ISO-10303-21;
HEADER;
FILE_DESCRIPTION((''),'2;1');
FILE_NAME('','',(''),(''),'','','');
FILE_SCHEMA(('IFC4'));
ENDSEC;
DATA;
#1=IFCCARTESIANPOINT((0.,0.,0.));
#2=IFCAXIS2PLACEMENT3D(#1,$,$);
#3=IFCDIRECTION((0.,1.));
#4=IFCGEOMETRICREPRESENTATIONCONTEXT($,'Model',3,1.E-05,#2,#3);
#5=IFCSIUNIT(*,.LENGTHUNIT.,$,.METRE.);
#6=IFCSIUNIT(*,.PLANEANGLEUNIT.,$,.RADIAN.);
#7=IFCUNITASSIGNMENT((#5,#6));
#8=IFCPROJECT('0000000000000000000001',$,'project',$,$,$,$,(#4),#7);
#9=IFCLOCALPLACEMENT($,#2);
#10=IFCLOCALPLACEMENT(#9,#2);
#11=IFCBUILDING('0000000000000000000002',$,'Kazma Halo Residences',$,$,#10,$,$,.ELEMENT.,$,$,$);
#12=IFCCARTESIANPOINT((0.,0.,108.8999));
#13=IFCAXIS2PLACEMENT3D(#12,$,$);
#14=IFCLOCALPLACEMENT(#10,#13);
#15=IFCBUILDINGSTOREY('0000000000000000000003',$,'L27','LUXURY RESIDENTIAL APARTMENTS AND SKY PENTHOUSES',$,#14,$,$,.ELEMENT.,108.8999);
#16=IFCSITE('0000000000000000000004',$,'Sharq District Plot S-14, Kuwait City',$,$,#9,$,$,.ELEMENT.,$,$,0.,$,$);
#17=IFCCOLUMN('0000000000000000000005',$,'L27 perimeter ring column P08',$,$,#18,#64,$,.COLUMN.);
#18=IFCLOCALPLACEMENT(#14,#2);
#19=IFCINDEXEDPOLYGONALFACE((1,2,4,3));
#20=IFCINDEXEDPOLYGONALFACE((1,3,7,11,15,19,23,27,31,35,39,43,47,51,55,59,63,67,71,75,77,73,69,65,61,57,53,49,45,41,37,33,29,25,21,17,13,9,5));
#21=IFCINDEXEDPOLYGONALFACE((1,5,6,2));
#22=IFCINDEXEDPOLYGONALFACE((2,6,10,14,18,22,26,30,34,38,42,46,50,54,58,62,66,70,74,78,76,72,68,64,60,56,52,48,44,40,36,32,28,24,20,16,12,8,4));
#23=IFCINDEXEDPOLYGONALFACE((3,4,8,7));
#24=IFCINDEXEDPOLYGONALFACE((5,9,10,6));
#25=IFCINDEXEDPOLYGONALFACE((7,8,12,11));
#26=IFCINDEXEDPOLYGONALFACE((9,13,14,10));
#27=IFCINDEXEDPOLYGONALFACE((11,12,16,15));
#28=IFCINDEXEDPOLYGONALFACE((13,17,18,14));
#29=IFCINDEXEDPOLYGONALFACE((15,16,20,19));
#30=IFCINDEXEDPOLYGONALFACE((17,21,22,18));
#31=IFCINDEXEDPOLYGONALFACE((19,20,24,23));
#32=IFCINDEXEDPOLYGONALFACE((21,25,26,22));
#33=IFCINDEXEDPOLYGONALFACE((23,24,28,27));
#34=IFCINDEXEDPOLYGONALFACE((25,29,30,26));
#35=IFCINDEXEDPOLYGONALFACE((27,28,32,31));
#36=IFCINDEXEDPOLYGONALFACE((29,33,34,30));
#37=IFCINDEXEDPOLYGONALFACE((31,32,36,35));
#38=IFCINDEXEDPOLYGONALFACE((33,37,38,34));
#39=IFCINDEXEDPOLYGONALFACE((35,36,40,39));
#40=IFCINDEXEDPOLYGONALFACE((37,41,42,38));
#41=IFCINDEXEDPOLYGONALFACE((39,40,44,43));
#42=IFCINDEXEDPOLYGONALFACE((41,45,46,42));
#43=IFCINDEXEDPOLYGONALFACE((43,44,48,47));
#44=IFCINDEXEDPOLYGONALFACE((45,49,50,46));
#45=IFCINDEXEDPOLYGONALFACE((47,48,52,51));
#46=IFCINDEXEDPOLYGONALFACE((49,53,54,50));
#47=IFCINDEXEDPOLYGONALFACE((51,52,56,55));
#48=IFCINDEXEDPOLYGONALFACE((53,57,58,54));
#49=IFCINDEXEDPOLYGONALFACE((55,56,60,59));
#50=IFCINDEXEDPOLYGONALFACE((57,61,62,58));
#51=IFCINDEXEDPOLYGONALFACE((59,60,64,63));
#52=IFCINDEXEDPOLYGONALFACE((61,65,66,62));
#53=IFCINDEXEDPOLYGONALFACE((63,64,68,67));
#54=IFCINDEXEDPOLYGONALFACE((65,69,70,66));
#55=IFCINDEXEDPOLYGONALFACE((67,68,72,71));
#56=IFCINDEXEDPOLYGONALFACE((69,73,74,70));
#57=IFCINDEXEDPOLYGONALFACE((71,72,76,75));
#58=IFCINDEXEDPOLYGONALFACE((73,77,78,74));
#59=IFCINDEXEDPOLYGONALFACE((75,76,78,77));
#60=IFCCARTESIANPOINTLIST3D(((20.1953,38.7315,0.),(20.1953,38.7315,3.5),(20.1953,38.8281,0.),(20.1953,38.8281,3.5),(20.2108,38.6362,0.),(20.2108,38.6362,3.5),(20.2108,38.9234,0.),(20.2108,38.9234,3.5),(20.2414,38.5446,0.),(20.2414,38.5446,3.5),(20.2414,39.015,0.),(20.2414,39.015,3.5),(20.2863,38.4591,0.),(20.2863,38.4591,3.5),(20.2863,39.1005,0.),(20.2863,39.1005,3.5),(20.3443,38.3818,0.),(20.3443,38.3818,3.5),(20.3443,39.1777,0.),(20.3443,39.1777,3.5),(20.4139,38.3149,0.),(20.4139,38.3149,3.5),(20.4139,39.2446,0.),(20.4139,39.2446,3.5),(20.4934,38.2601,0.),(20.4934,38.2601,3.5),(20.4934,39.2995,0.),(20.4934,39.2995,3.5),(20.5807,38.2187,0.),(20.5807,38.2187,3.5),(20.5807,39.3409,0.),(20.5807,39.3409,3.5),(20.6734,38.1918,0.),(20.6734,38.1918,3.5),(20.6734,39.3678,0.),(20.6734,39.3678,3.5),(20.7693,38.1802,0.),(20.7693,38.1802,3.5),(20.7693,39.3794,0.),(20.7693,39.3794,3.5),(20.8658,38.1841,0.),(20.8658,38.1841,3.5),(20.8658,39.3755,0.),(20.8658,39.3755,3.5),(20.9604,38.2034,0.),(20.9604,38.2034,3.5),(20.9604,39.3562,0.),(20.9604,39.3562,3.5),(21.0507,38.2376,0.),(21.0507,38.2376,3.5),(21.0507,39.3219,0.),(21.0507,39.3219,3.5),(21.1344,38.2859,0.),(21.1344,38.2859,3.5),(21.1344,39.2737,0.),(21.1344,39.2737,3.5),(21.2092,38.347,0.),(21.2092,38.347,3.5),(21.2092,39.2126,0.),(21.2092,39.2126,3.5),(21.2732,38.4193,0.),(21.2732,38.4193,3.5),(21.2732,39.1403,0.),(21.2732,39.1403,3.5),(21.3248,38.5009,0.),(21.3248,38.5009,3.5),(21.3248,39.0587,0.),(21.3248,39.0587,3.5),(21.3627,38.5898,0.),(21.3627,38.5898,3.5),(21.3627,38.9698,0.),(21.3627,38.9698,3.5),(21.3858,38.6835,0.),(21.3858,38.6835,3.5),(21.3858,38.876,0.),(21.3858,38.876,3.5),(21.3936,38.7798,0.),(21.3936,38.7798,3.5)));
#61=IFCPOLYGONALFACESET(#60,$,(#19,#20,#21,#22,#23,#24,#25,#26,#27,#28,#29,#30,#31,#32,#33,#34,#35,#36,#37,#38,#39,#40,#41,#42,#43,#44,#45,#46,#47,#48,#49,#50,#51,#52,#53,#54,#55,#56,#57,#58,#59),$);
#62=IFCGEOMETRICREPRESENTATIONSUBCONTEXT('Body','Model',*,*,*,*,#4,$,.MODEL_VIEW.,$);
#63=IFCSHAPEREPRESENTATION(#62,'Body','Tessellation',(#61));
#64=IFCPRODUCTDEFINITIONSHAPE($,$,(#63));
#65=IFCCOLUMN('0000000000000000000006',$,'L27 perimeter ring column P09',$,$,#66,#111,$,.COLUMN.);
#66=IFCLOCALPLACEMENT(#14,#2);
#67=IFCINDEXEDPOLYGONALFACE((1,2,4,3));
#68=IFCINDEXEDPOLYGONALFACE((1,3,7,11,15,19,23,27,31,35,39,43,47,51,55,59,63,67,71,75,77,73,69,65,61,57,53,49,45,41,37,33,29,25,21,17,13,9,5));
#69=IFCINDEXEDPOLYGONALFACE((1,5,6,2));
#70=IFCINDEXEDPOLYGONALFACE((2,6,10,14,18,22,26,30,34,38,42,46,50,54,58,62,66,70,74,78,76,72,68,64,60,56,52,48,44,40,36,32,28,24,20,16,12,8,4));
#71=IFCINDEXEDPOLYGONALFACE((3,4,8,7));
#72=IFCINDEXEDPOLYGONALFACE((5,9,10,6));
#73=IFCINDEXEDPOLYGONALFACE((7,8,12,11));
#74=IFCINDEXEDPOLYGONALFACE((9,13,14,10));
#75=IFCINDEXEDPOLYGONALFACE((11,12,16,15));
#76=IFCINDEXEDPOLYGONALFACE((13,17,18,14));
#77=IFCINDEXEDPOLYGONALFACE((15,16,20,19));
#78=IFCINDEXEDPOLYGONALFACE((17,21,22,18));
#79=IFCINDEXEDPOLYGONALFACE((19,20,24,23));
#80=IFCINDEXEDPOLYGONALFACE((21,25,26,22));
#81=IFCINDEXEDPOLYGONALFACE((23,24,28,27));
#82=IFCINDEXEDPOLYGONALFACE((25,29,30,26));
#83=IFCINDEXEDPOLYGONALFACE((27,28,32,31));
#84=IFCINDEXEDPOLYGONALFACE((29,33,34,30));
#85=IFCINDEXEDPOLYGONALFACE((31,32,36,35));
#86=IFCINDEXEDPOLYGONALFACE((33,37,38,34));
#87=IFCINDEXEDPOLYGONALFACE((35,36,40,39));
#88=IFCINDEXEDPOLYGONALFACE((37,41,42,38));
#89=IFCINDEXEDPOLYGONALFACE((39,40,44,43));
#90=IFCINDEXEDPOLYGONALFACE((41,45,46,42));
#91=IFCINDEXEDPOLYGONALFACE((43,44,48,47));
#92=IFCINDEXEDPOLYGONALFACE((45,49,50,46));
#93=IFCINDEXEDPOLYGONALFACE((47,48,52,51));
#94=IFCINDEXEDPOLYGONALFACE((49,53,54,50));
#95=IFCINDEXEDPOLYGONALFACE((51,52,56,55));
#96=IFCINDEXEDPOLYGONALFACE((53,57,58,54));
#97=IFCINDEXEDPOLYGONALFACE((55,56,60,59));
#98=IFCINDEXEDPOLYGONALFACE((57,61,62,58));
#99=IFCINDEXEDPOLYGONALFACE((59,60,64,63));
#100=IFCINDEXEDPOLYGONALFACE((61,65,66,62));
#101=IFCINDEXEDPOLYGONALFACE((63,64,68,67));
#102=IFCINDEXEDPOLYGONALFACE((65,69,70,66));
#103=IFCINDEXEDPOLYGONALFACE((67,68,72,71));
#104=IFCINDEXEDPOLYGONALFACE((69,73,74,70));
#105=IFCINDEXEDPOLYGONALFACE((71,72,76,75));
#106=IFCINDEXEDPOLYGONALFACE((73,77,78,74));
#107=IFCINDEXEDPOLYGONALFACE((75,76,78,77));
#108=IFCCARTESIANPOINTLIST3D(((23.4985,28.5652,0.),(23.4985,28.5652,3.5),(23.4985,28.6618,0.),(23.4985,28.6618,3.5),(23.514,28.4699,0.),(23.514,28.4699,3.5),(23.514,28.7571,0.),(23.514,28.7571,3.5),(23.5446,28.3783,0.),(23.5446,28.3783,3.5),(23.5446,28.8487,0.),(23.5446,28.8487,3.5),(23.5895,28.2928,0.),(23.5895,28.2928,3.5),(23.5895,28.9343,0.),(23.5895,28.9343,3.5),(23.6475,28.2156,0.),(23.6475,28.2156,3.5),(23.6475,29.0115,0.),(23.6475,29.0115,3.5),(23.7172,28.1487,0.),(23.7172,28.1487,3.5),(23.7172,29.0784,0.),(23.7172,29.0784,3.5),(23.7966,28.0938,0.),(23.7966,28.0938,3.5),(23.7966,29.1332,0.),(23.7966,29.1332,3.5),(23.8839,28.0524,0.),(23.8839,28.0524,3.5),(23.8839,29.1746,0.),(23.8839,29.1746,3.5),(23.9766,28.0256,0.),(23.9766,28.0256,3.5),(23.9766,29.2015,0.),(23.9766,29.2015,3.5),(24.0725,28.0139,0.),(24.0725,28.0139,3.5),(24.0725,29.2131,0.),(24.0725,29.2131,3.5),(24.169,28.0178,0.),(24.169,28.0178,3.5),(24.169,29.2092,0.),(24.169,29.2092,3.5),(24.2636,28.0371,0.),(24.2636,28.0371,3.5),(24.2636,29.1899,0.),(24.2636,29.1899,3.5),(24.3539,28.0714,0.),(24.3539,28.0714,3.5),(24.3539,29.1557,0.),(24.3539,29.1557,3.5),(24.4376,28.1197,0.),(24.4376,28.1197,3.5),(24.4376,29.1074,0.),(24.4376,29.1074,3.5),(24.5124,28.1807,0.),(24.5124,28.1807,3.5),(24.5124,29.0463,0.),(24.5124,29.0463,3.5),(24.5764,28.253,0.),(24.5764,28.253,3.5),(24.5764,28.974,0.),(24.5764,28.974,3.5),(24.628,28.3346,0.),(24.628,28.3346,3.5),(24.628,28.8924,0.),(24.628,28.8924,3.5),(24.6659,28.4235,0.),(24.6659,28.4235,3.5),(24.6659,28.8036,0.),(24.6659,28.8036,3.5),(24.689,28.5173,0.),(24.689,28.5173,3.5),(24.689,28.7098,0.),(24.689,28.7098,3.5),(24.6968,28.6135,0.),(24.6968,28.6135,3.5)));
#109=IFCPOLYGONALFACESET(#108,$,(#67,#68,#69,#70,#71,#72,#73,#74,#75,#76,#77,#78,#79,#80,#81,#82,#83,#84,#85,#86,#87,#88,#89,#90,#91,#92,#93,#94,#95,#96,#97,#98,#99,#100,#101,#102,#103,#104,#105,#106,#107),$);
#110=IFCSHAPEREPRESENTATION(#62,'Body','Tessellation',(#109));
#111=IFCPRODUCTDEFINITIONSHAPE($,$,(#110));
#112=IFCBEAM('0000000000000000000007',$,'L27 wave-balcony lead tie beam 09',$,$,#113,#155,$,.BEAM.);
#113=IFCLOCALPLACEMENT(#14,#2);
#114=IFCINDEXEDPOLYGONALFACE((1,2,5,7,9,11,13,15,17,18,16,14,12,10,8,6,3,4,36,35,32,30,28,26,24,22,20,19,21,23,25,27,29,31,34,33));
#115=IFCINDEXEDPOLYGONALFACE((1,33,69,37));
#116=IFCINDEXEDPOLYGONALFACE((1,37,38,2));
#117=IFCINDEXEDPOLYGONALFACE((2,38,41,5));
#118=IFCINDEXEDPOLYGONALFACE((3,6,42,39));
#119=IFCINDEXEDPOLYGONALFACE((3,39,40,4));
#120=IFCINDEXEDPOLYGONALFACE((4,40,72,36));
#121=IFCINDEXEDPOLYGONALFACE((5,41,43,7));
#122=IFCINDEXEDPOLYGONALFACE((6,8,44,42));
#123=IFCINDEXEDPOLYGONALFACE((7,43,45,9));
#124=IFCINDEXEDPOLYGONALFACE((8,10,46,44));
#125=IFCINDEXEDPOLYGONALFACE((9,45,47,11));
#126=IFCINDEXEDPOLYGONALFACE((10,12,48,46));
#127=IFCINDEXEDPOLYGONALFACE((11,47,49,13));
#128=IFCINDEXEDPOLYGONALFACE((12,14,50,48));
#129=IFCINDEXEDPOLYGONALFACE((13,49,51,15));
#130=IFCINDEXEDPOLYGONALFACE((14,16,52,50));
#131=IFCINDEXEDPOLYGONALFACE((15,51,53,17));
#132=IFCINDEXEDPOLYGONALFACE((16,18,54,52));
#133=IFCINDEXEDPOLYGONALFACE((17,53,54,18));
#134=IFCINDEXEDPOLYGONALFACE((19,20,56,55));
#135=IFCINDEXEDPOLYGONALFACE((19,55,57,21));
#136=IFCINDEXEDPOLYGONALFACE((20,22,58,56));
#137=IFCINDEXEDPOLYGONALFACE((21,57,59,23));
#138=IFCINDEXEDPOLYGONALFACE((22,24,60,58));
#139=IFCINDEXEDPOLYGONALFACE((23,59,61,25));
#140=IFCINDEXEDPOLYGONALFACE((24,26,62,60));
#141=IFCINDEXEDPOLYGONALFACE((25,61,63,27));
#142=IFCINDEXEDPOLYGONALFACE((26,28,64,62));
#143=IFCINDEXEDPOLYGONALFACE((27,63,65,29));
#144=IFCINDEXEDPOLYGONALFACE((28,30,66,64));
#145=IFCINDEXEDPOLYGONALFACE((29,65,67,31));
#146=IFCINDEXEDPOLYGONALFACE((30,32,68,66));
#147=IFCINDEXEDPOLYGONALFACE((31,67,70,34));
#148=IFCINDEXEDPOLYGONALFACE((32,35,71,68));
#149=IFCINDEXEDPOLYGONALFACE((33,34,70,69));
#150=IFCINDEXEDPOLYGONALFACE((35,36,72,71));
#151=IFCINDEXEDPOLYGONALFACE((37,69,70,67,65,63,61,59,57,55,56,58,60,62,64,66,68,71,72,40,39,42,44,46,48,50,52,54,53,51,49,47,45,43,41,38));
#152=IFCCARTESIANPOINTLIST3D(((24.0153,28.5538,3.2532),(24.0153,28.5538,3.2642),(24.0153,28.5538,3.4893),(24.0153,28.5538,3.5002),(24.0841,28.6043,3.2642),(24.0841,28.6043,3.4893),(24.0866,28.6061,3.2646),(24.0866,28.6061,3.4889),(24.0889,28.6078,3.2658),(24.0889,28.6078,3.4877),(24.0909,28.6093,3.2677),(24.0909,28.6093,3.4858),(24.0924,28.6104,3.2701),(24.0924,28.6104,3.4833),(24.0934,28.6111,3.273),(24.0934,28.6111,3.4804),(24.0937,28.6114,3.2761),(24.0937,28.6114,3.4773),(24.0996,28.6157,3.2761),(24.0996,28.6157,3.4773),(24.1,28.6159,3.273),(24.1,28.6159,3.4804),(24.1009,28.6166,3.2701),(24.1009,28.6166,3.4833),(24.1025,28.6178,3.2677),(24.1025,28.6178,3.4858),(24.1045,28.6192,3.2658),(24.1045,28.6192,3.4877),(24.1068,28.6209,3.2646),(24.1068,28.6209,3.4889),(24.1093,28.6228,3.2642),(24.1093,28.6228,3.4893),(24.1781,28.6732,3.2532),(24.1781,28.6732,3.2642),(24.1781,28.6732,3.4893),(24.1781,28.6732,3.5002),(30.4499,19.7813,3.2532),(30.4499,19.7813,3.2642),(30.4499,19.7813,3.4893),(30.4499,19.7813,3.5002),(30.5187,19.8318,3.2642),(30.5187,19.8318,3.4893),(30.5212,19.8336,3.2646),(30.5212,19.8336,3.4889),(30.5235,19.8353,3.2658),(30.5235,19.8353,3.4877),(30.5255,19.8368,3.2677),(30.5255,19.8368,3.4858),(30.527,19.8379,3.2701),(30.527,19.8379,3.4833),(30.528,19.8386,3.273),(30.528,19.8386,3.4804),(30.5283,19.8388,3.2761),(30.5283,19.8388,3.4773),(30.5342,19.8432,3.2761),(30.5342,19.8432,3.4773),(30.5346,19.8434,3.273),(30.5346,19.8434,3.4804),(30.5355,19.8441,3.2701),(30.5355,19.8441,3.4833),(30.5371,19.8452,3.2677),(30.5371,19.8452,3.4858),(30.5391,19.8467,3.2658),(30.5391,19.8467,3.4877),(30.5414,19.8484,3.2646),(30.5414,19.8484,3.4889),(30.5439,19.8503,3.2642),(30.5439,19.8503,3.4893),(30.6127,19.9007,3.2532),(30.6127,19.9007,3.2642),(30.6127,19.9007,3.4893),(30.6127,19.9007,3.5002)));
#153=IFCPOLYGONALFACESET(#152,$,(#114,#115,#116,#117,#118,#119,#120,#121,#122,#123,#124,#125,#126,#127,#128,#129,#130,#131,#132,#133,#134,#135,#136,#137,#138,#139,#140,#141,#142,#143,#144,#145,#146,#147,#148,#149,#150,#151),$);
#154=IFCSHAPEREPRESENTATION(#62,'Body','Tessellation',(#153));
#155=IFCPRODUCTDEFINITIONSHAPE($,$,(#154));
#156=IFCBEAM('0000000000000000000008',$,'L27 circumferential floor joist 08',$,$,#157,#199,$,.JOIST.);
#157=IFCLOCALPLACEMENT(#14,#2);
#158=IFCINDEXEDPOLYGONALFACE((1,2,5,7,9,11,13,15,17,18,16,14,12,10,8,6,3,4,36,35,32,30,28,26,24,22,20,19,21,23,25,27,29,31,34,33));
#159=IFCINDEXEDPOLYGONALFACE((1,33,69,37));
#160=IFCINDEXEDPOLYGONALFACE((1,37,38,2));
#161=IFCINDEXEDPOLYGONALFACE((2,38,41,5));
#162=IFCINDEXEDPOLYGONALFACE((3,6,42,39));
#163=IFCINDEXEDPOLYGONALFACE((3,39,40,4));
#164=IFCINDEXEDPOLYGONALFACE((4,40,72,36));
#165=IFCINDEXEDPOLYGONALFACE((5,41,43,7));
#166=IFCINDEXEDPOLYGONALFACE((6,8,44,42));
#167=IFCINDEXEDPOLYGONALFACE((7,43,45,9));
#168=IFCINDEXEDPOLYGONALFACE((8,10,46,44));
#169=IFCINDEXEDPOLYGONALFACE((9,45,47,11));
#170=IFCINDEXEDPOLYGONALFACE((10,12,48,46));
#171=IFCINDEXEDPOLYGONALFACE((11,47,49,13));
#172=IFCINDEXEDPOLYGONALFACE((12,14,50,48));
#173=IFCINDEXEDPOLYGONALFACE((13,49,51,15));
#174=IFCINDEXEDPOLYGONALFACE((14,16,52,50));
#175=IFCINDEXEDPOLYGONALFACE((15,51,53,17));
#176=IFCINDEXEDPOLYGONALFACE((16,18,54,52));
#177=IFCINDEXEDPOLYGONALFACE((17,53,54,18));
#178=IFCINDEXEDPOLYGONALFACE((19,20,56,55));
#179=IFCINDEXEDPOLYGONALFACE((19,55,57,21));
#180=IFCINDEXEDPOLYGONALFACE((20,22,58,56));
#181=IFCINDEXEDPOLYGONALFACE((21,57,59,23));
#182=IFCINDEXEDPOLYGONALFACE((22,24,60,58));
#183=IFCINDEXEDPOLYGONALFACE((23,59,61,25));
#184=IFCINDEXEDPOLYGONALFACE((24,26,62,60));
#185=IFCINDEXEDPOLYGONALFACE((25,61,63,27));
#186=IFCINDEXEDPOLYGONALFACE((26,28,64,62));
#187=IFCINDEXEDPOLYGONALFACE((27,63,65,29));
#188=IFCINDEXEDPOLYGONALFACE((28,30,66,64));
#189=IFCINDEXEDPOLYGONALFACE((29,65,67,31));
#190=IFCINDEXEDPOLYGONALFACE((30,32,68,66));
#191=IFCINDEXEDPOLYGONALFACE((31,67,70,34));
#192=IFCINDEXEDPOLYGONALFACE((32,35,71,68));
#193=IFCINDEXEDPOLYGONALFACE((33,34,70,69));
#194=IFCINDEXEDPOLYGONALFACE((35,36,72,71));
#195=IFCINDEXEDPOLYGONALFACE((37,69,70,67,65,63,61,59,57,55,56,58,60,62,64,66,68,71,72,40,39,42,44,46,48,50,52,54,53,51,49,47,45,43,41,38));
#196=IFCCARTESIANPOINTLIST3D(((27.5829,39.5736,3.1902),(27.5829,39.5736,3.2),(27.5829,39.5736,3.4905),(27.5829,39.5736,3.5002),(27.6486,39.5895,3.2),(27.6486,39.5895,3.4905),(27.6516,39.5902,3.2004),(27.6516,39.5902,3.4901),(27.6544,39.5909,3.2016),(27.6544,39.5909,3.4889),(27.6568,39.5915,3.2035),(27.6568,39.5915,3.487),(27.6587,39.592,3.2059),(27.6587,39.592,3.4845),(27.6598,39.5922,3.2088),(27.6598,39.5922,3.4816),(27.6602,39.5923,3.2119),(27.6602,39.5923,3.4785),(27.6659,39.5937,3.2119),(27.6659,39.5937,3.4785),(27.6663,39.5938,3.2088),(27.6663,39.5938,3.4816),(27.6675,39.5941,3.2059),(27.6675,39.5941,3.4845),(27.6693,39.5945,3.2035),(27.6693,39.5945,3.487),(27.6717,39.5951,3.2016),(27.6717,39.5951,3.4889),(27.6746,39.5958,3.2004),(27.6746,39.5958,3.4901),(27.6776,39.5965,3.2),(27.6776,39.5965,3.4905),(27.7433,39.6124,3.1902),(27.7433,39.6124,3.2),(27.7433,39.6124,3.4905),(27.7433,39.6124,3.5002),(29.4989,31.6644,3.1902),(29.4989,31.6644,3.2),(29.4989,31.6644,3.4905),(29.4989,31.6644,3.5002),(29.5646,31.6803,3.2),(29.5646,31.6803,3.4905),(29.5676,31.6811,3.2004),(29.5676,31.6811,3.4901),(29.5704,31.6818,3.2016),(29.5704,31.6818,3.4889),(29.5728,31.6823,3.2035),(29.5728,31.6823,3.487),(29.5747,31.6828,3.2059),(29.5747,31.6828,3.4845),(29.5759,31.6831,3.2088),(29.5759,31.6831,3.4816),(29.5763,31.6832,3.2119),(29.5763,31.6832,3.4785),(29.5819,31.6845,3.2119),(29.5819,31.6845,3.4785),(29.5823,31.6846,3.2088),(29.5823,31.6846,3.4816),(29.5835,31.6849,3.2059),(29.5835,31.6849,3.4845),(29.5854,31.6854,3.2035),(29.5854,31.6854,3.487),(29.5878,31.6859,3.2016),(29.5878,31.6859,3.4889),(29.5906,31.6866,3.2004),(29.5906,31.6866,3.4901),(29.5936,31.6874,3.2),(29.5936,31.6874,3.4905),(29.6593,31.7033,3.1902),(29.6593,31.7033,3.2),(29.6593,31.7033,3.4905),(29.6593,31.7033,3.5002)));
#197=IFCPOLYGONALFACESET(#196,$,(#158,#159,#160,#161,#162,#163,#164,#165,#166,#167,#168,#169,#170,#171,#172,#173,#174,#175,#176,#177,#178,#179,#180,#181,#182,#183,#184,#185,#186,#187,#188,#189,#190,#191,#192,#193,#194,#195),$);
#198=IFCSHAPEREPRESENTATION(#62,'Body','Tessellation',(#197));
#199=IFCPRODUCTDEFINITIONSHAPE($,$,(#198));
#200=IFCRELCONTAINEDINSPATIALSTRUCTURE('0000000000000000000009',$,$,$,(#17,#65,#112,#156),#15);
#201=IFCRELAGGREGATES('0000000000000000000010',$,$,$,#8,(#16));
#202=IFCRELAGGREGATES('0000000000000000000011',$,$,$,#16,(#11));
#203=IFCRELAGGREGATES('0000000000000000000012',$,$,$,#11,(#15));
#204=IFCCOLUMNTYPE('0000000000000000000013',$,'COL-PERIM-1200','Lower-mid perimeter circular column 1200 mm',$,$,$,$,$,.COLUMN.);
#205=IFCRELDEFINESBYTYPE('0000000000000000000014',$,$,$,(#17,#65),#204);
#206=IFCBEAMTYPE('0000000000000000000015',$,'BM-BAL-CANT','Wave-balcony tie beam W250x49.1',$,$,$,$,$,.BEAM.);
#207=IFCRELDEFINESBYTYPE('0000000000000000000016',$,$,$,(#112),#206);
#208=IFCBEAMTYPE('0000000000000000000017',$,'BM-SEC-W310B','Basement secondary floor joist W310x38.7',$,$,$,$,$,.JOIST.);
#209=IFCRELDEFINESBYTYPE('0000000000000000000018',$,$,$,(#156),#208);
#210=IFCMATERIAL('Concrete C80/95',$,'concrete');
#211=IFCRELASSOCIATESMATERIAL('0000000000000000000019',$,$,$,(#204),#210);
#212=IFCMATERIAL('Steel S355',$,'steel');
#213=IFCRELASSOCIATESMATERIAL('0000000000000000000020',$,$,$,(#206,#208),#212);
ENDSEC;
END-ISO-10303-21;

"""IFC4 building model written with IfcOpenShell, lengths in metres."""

from ifc_helpers import new_model, si_unit, direction, frame, origin, origin_2d, place, context, subcontext, project, spatial, circle, i_section, extrude, material, material_profile, profile_set, type_object, element, save


model = new_model("IFC4")

# Units and contexts
model_context = context("Model", 3, precision=1e-05, world=origin(), true_north=direction((0.0, 1.0)))
body_context = subcontext(model_context, "Body", "Model", "MODEL_VIEW")
ifc_project = project(units=[si_unit("LENGTHUNIT", "METRE"), si_unit("PLANEANGLEUNIT", "RADIAN")], contexts=[model_context])

# Site, building, storey
site_placement = place(None, origin())
site = spatial("IfcSite", under=ifc_project, at=site_placement, Name="Sharq District Plot S-14, Kuwait City", CompositionType="ELEMENT", RefElevation=0.0)
building_placement = place(site_placement, origin())
building = spatial("IfcBuilding", under=site, at=building_placement, Name="Kazma Halo Residences", CompositionType="ELEMENT")
storey_placement = place(building_placement, frame((0.0, 0.0, 108.8999)))
storey = spatial("IfcBuildingStorey", under=building, at=storey_placement, Name="L27", Description="LUXURY RESIDENTIAL APARTMENTS AND SKY PENTHOUSES", CompositionType="ELEMENT", Elevation=108.8999)

# Columns
ifc_material_1 = material(Name="Concrete C80/95", Category="concrete")
ifc_material_profile_1 = material_profile(ifc_material_1, circle(Radius=0.6001, at=origin_2d()), Name="CIRC1200")
ifc_profile_set_1 = profile_set([ifc_material_profile_1], Name="Concrete C80/95")
column_type = type_object("IfcColumnType", Name="COL-PERIM-1200", Description="Lower-mid perimeter circular column 1200 mm", PredefinedType="COLUMN", material=ifc_profile_set_1)
for number, where, z_axis, x_axis, name in (
    (1, (20.7935, 38.7798, 0.0), (0.0, 0.0, 1.0), (1.0, 0.0, 0.0), "L27 perimeter ring column P08"),
    (2, (24.0967, 28.6135, 0.0), (0.0, 0.0, 1.0), (1.0, 0.0, 0.0), "L27 perimeter ring column P09"),
):
    element("IfcColumn", number, at=place(storey_placement, frame(where, z_axis=z_axis, x_axis=x_axis)), inside=storey, type_object=column_type, Name=name, PredefinedType="COLUMN", context=body_context, shape_type="SweptSolid", body=[
        extrude(circle(Radius=0.6001, at=origin_2d()), origin(), (0.0, 0.0, 1.0), 3.5),
    ])

# Beams
ifc_material_2 = material(Name="Steel S355", Category="steel")
ifc_material_profile_2 = material_profile(ifc_material_2, i_section(OverallWidth=0.2019, OverallDepth=0.2471, WebThickness=0.0073, FlangeThickness=0.011, FilletRadius=0.012, at=origin_2d()), Name="W250x49.1")
ifc_profile_set_2 = profile_set([ifc_material_profile_2], Name="Steel S355")
beam_type_1 = type_object("IfcBeamType", Name="BM-BAL-CANT", Description="Wave-balcony tie beam W250x49.1", PredefinedType="BEAM", material=ifc_profile_set_2)
beam_1_placement = place(storey_placement, frame((24.0967, 28.6135, 3.3767), z_axis=(0.591449, -0.806342, 0.0), x_axis=(0.806342, 0.591449, 0.0)))
element("IfcBeam", 3, at=beam_1_placement, inside=storey, type_object=beam_type_1, Name="L27 wave-balcony lead tie beam 09", PredefinedType="BEAM", context=body_context, shape_type="SweptSolid", body=[
    extrude(i_section(OverallWidth=0.2019, OverallDepth=0.2471, WebThickness=0.0073, FlangeThickness=0.011, FilletRadius=0.012, at=origin_2d()), origin(), (0.0, 0.0, 1.0), 10.8794),
])
ifc_material_profile_3 = material_profile(ifc_material_2, i_section(OverallWidth=0.165, OverallDepth=0.3101, WebThickness=0.0059, FlangeThickness=0.0098, FilletRadius=0.012, at=origin_2d()), Name="W310x38.7")
ifc_profile_set_3 = profile_set([ifc_material_profile_3], Name="Steel S355")
beam_type_2 = type_object("IfcBeamType", Name="BM-SEC-W310B", Description="Basement secondary floor joist W310x38.7", PredefinedType="JOIST", material=ifc_profile_set_3)
beam_2_placement = place(storey_placement, frame((27.6631, 39.593, 3.3452), z_axis=(0.235442, -0.971888, 0.0), x_axis=(0.971888, 0.235442, 0.0)))
element("IfcBeam", 4, at=beam_2_placement, inside=storey, type_object=beam_type_2, Name="L27 circumferential floor joist 08", PredefinedType="JOIST", context=body_context, shape_type="SweptSolid", body=[
    extrude(i_section(OverallWidth=0.165, OverallDepth=0.3101, WebThickness=0.0059, FlangeThickness=0.0098, FilletRadius=0.012, at=origin_2d()), origin(), (0.0, 0.0, 1.0), 8.1379),
])

save(model, "model.ifc")
